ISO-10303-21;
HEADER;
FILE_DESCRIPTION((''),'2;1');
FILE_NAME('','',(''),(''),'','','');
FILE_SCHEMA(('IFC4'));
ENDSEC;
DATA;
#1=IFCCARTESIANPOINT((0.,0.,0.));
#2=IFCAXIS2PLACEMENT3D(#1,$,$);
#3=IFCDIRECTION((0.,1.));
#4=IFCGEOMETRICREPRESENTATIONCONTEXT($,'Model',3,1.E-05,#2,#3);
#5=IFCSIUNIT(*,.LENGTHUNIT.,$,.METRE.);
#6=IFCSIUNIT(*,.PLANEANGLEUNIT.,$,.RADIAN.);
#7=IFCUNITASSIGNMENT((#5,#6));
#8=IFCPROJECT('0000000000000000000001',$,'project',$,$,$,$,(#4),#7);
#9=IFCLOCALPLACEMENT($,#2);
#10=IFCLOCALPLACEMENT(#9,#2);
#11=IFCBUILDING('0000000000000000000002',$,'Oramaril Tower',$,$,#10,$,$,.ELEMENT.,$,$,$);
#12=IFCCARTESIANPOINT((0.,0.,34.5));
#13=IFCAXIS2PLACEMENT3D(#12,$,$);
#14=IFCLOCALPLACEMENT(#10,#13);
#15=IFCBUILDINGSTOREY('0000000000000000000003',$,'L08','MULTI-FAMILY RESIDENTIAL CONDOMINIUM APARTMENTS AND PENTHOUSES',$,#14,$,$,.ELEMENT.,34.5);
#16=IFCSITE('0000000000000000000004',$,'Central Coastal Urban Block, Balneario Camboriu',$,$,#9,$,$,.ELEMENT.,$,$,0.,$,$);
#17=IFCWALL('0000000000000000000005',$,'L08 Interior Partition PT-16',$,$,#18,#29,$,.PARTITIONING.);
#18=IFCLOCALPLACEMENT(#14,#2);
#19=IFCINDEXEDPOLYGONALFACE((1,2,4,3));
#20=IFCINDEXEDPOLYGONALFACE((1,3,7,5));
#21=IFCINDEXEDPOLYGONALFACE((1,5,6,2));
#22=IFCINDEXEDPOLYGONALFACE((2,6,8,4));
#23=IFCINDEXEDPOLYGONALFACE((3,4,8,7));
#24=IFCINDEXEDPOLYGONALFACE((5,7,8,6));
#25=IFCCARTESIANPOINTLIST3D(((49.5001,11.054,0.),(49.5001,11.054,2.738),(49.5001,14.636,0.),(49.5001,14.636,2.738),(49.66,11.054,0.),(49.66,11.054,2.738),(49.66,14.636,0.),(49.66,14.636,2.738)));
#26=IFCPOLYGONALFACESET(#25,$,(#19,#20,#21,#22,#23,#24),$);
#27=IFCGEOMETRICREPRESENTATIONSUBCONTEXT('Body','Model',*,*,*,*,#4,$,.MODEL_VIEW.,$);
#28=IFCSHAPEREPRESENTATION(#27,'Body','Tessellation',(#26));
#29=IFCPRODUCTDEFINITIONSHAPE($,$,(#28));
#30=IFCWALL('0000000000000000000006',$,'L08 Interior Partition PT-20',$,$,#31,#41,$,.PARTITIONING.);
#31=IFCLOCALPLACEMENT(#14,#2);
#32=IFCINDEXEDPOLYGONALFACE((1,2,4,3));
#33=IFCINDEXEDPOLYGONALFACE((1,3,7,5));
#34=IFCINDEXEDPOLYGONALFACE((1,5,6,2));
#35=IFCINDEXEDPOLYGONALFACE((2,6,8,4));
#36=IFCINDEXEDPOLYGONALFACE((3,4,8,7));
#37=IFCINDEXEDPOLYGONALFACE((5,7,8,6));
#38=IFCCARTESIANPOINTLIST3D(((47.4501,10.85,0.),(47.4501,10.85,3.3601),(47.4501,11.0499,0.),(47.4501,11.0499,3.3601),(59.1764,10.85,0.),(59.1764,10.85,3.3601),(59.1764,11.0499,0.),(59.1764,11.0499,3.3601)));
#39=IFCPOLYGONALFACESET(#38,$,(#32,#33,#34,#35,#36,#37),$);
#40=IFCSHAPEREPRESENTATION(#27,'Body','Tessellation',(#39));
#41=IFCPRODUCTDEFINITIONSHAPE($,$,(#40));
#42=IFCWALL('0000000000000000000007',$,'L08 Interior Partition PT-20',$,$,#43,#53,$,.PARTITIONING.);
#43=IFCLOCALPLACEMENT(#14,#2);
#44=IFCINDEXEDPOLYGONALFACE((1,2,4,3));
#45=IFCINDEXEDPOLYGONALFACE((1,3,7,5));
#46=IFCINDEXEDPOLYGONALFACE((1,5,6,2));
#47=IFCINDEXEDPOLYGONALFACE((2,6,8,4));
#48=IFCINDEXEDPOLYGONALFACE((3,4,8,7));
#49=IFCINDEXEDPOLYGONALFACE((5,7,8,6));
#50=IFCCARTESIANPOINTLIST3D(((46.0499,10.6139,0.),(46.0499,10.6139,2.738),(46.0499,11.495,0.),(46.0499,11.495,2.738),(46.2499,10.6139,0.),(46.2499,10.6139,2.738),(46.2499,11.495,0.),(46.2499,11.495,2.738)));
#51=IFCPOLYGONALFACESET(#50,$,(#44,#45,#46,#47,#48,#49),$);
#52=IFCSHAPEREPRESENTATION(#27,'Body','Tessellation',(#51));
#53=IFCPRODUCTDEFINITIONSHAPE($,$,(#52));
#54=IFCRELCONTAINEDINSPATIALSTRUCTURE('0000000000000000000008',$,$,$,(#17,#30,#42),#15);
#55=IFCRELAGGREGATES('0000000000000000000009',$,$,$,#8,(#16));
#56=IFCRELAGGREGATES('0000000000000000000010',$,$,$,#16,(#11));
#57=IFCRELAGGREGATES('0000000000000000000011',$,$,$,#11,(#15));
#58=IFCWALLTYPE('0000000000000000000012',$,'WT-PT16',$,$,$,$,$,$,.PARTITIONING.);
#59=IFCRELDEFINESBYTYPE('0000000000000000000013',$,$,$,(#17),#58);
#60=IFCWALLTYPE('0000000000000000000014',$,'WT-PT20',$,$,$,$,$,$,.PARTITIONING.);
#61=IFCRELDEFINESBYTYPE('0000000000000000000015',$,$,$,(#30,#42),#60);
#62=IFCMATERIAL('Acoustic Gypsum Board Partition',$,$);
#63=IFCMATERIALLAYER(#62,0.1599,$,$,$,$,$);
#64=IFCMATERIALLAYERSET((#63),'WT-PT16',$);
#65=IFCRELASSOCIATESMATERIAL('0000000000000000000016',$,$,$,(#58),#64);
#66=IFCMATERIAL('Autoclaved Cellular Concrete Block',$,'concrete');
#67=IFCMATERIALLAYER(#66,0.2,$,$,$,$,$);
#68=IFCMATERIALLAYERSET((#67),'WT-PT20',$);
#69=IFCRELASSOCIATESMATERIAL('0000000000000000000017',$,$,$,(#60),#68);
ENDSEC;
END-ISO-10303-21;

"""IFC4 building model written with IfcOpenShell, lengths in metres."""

from ifc_helpers import new_model, si_unit, direction, frame, frame_2d, origin, place, context, subcontext, project, spatial, rectangle, extrude, material, layer, layer_set, type_object, element, save


model = new_model("IFC4")

# Units and contexts
model_context = context("Model", 3, precision=1e-05, world=origin(), true_north=direction((0.0, 1.0)))
body_context = subcontext(model_context, "Body", "Model", "MODEL_VIEW")
ifc_project = project(units=[si_unit("LENGTHUNIT", "METRE"), si_unit("PLANEANGLEUNIT", "RADIAN")], contexts=[model_context])

# Site, building, storey
site_placement = place(None, origin())
site = spatial("IfcSite", under=ifc_project, at=site_placement, Name="Central Coastal Urban Block, Balneario Camboriu", CompositionType="ELEMENT", RefElevation=0.0)
building_placement = place(site_placement, origin())
building = spatial("IfcBuilding", under=site, at=building_placement, Name="Oramaril Tower", CompositionType="ELEMENT")
storey_placement = place(building_placement, frame((0.0, 0.0, 34.5)))
storey = spatial("IfcBuildingStorey", under=building, at=storey_placement, Name="L08", Description="MULTI-FAMILY RESIDENTIAL CONDOMINIUM APARTMENTS AND PENTHOUSES", CompositionType="ELEMENT", Elevation=34.5)

# Walls
ifc_material_1 = material(Name="Acoustic Gypsum Board Partition")
ifc_layer_1 = layer(ifc_material_1, 0.1599)
ifc_layer_set_1 = layer_set([ifc_layer_1], Name="WT-PT16")
wall_type_1 = type_object("IfcWallType", Name="WT-PT16", PredefinedType="PARTITIONING", material=ifc_layer_set_1)
wall_1_placement = place(storey_placement, frame((49.5801, 11.054, 0.0), z_axis=(0.0, 0.0, 1.0), x_axis=(0.0, 1.0, 0.0)))
element("IfcWall", 1, at=wall_1_placement, inside=storey, type_object=wall_type_1, Name="L08 Interior Partition PT-16", PredefinedType="PARTITIONING", context=body_context, shape_type="SweptSolid", body=[
    extrude(rectangle(XDim=3.582, YDim=0.1599, at=frame_2d((1.791, 0.0))), origin(), (0.0, 0.0, 1.0), 2.738),
])
ifc_material_2 = material(Name="Autoclaved Cellular Concrete Block", Category="concrete")
ifc_layer_2 = layer(ifc_material_2, 0.2)
ifc_layer_set_2 = layer_set([ifc_layer_2], Name="WT-PT20")
wall_type_2 = type_object("IfcWallType", Name="WT-PT20", PredefinedType="PARTITIONING", material=ifc_layer_set_2)
wall_2_placement = place(storey_placement, frame((47.45, 10.95, 0.0), z_axis=(0.0, 0.0, 1.0), x_axis=(1.0, 0.0, 0.0)))
element("IfcWall", 2, at=wall_2_placement, inside=storey, type_object=wall_type_2, Name="L08 Interior Partition PT-20", PredefinedType="PARTITIONING", context=body_context, shape_type="SweptSolid", body=[
    extrude(rectangle(XDim=11.7263, YDim=0.2, at=frame_2d((5.8633, 0.0))), origin(), (0.0, 0.0, 1.0), 3.3601),
])
wall_3_placement = place(storey_placement, frame((46.1499, 10.614, 0.0), z_axis=(0.0, 0.0, 1.0), x_axis=(0.0, 1.0, 0.0)))
element("IfcWall", 3, at=wall_3_placement, inside=storey, type_object=wall_type_2, Name="L08 Interior Partition PT-20", PredefinedType="PARTITIONING", context=body_context, shape_type="SweptSolid", body=[
    extrude(rectangle(XDim=0.8811, YDim=0.2, at=frame_2d((0.4404, 0.0))), origin(), (0.0, 0.0, 1.0), 2.738),
])

save(model, "model.ifc")
